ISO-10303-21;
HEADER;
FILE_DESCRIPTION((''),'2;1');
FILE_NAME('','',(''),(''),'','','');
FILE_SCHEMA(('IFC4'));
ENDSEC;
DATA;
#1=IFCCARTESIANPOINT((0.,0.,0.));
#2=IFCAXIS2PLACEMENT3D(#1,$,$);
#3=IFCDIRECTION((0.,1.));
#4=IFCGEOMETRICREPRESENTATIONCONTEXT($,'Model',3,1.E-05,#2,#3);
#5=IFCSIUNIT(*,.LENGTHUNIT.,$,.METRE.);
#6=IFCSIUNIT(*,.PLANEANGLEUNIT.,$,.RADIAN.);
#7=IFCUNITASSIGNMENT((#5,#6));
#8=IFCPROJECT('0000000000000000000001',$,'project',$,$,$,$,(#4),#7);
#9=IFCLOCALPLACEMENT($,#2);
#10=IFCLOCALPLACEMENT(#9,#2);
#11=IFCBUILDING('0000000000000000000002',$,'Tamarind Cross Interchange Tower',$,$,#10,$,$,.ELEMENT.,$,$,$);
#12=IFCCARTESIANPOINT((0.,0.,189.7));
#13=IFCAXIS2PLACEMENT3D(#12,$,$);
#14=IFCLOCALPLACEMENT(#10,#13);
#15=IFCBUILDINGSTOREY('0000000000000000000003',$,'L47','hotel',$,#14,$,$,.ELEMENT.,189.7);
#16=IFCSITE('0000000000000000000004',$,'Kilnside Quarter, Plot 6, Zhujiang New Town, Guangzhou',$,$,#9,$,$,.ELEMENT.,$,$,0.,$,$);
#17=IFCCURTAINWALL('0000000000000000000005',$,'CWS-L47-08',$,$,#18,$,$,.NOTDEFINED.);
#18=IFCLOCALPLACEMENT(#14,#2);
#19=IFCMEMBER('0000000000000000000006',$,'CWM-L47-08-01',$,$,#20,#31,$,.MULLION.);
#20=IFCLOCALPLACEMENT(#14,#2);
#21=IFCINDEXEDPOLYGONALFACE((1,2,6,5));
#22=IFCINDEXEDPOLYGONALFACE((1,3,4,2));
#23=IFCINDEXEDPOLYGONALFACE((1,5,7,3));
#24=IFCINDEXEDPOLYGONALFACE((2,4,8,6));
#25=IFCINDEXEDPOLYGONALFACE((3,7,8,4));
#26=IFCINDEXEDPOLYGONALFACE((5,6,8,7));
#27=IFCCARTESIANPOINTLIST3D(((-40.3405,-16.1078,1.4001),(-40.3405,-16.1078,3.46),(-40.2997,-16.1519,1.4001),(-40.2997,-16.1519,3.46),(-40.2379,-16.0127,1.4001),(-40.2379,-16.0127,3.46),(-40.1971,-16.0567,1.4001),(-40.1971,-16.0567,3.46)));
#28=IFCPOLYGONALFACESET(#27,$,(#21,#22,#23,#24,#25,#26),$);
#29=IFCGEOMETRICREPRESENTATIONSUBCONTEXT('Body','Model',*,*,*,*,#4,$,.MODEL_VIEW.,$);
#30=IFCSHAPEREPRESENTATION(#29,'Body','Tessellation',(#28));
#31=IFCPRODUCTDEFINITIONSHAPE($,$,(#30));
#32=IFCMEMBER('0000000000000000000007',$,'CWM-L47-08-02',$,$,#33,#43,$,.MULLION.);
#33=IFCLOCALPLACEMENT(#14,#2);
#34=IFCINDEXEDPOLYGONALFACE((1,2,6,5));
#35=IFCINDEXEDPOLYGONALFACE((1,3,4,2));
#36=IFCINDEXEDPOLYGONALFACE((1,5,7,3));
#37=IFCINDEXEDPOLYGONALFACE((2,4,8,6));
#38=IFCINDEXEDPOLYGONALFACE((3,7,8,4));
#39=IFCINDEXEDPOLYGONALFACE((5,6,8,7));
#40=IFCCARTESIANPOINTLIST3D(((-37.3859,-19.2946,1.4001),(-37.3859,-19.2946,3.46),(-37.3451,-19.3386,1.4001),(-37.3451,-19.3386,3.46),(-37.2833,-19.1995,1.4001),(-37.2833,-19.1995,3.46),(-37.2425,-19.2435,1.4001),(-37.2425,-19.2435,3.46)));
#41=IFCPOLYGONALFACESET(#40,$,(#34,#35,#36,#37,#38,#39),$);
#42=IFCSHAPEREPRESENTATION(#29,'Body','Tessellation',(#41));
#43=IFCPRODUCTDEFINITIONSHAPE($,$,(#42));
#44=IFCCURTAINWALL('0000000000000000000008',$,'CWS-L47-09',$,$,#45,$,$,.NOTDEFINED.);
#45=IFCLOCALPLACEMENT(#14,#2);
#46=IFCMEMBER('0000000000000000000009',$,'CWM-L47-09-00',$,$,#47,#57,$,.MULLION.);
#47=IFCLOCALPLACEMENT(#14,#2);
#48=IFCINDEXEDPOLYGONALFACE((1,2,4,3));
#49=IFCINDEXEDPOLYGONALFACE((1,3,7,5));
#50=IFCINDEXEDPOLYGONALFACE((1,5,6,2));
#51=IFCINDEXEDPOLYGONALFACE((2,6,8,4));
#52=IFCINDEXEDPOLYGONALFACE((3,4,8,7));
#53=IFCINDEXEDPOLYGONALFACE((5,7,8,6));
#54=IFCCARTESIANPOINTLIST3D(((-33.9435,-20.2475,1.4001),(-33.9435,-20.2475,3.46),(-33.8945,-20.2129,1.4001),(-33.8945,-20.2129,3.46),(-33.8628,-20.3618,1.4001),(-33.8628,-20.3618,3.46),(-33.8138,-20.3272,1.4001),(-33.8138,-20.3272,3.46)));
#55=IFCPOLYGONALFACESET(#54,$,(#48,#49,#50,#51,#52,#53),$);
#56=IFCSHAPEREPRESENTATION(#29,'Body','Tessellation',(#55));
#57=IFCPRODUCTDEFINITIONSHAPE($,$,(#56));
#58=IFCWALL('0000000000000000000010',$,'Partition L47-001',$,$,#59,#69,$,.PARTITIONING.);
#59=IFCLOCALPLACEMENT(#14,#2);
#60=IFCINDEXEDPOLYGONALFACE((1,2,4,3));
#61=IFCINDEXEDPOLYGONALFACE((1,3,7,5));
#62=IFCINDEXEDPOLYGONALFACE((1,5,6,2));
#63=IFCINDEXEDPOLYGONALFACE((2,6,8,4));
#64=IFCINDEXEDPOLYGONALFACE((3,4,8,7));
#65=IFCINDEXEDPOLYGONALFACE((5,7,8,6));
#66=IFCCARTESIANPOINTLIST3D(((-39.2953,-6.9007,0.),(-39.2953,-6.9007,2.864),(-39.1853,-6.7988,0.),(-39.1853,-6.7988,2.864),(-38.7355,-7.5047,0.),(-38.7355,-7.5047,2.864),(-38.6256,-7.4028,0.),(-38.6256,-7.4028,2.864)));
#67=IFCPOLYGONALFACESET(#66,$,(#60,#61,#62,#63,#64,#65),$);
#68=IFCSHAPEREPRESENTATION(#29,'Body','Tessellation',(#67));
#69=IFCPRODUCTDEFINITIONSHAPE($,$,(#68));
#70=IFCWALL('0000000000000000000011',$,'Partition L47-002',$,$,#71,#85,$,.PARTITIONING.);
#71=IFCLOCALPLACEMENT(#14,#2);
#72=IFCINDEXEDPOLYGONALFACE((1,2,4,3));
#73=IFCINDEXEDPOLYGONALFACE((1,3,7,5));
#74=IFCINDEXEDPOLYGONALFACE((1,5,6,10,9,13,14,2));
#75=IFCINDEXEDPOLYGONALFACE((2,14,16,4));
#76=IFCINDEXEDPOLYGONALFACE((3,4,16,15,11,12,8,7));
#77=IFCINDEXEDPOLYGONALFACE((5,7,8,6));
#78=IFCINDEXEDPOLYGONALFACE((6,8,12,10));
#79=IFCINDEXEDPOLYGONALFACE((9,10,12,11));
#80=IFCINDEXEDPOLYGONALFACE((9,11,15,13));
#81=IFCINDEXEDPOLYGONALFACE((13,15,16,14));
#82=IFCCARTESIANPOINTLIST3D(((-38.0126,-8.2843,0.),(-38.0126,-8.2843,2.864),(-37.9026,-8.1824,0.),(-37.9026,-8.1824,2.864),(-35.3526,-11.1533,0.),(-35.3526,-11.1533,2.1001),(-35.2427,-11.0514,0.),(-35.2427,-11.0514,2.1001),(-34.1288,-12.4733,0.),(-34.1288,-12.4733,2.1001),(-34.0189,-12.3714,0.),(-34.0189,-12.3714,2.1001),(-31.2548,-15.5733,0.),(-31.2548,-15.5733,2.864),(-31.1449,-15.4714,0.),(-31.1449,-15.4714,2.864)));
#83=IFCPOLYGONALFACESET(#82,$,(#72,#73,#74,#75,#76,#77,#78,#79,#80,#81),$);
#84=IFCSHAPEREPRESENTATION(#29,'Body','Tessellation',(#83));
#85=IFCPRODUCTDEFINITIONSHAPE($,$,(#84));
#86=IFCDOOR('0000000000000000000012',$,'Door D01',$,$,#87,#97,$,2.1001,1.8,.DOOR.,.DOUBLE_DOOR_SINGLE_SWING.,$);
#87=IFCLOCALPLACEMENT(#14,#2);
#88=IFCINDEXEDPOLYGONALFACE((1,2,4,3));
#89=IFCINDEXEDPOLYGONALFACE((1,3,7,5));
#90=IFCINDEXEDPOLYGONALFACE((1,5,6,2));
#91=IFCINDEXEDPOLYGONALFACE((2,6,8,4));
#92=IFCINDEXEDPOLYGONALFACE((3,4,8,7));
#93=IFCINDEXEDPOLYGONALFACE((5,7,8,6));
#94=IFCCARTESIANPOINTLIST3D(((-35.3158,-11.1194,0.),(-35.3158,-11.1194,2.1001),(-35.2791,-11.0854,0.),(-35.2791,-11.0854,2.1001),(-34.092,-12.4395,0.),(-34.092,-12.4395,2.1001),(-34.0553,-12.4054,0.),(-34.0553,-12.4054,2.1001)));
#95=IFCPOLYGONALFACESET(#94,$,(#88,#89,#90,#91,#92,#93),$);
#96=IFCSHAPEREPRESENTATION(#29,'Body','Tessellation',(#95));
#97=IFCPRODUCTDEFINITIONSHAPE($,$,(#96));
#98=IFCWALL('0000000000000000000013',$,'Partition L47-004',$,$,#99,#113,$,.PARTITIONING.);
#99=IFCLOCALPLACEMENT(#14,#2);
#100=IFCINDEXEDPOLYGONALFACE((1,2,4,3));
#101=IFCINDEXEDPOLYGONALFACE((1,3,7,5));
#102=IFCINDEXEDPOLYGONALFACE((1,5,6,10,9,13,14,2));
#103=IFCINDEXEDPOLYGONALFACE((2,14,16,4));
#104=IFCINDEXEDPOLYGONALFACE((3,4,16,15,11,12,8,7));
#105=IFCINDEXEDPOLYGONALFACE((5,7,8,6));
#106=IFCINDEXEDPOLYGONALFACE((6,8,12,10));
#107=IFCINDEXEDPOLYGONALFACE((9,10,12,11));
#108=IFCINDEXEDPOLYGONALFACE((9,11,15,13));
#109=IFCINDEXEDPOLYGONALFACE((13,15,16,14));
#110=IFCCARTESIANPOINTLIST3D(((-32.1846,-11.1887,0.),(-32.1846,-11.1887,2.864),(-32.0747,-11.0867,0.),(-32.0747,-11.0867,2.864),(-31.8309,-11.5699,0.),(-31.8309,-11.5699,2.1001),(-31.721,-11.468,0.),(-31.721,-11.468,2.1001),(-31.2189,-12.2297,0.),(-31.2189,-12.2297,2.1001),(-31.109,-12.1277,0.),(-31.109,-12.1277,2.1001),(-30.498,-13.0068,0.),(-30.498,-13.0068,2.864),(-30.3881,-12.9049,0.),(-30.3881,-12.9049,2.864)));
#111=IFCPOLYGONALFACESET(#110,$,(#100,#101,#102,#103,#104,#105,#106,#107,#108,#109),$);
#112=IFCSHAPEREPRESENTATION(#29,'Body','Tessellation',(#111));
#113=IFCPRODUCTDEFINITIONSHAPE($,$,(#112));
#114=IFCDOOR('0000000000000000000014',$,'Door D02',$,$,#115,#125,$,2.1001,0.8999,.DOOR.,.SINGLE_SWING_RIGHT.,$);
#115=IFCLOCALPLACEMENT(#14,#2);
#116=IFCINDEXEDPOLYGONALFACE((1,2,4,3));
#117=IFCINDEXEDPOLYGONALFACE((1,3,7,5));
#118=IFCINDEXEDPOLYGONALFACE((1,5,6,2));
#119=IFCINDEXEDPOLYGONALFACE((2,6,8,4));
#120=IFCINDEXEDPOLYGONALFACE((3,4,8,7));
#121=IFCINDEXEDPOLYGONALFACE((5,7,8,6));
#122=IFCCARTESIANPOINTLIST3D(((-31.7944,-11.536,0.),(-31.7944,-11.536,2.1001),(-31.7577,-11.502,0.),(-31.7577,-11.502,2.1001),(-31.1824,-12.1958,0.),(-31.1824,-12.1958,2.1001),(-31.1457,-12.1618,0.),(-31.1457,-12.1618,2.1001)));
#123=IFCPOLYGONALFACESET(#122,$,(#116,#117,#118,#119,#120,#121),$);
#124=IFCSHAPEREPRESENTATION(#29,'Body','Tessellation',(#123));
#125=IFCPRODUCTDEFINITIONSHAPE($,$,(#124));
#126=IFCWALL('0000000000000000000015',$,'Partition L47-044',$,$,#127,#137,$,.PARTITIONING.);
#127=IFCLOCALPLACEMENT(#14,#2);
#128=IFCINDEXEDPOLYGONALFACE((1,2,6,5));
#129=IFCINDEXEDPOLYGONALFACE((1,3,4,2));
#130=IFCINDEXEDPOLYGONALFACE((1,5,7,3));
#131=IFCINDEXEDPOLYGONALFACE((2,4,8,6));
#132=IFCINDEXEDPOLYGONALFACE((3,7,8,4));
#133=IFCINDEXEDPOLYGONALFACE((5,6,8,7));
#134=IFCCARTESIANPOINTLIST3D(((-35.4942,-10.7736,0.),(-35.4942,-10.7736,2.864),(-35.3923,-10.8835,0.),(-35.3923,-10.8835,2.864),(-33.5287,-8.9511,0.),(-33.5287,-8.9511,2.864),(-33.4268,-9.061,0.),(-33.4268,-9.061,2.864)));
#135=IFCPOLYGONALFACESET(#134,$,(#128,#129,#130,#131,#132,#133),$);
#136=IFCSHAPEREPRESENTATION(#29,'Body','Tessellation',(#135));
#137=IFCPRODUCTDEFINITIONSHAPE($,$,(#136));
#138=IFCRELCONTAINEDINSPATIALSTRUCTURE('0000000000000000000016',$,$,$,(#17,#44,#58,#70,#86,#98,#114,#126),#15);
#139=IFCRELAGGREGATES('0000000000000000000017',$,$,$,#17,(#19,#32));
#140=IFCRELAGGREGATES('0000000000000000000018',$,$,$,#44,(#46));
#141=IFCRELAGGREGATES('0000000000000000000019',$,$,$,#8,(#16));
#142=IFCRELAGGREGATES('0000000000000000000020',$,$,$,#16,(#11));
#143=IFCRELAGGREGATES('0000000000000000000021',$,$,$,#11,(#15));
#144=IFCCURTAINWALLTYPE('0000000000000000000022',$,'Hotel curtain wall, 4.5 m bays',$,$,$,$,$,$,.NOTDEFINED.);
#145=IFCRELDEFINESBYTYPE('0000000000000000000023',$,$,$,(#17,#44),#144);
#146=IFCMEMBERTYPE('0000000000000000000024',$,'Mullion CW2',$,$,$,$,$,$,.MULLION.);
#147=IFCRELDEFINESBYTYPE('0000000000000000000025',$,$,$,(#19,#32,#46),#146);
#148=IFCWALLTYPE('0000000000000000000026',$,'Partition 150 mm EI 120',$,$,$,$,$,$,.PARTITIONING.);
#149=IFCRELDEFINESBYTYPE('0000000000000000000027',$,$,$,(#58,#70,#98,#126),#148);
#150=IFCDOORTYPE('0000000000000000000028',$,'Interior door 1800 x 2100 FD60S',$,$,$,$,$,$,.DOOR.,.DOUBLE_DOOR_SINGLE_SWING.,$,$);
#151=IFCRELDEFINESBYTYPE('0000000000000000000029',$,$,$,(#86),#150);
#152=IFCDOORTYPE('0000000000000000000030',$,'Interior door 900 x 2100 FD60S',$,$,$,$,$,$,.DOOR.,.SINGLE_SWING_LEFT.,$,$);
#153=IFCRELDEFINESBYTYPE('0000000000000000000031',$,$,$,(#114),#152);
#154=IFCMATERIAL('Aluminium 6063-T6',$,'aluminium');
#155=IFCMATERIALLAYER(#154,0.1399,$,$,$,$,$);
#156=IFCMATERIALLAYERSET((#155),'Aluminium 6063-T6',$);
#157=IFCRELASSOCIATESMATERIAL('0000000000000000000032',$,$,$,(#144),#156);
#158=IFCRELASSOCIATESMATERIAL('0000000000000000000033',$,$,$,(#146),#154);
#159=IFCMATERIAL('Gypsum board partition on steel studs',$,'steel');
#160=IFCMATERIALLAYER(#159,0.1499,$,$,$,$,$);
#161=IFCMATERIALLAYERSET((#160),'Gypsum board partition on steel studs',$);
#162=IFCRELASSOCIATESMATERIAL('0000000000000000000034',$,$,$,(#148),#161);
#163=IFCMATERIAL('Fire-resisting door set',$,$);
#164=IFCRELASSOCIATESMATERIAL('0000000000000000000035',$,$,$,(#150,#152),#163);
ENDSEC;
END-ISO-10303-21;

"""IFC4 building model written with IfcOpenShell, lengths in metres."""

from ifc_helpers import new_model, si_unit, direction, frame, frame_2d, origin, origin_2d, place, context, subcontext, project, spatial, rectangle, extrude, material, layer, layer_set, material_profile, profile_set, type_object, element, fill, aggregate, save


model = new_model("IFC4")

# Units and contexts
model_context = context("Model", 3, precision=1e-05, world=origin(), true_north=direction((0.0, 1.0)))
body_context = subcontext(model_context, "Body", "Model", "MODEL_VIEW")
ifc_project = project(units=[si_unit("LENGTHUNIT", "METRE"), si_unit("PLANEANGLEUNIT", "RADIAN")], contexts=[model_context])

# Site, building, storey
site_placement = place(None, origin())
site = spatial("IfcSite", under=ifc_project, at=site_placement, Name="Kilnside Quarter, Plot 6, Zhujiang New Town, Guangzhou", CompositionType="ELEMENT", RefElevation=0.0)
building_placement = place(site_placement, origin())
building = spatial("IfcBuilding", under=site, at=building_placement, Name="Tamarind Cross Interchange Tower", CompositionType="ELEMENT")
storey_placement = place(building_placement, frame((0.0, 0.0, 189.7)))
storey = spatial("IfcBuildingStorey", under=building, at=storey_placement, Name="L47", Description="hotel", CompositionType="ELEMENT", Elevation=189.7)

# Curtain wall, members
ifc_material_1 = material(Name="Aluminium 6063-T6", Category="aluminium")
ifc_layer_1 = layer(ifc_material_1, 0.1399)
ifc_layer_set_1 = layer_set([ifc_layer_1], Name="Aluminium 6063-T6")
curtain_wall_type = type_object("IfcCurtainWallType", Name="Hotel curtain wall, 4.5 m bays", PredefinedType="NOTDEFINED", material=ifc_layer_set_1)
ifc_material_profile_1 = material_profile(ifc_material_1, rectangle(XDim=0.0601, YDim=0.1399, at=origin_2d()), Name="Mullion CW2")
ifc_profile_set_1 = profile_set([ifc_material_profile_1], Name="Aluminium 6063-T6")
member_type = type_object("IfcMemberType", Name="Mullion CW2", PredefinedType="MULLION", material=ifc_profile_set_1)
curtain_wall_1_placement = place(storey_placement, origin())
curtain_wall_1 = element("IfcCurtainWall", 1, at=curtain_wall_1_placement, inside=storey, type_object=curtain_wall_type, Name="CWS-L47-08", PredefinedType="NOTDEFINED")
member_1_placement = place(storey_placement, frame((-40.2688, -16.0823, 1.4001), z_axis=(0.0, 0.0, 1.0), x_axis=(0.679912, -0.733293, 0.0)))
member_1 = element("IfcMember", 2, at=member_1_placement, type_object=member_type, Name="CWM-L47-08-01", PredefinedType="MULLION", context=body_context, shape_type="SweptSolid", body=[
    extrude(rectangle(XDim=0.0601, YDim=0.1399, at=origin_2d()), origin(), (0.0, 0.0, 1.0), 2.0598),
])
member_2_placement = place(storey_placement, frame((-37.3142, -19.269, 1.4001), z_axis=(0.0, 0.0, 1.0), x_axis=(0.679912, -0.733293, 0.0)))
member_2 = element("IfcMember", 3, at=member_2_placement, type_object=member_type, Name="CWM-L47-08-02", PredefinedType="MULLION", context=body_context, shape_type="SweptSolid", body=[
    extrude(rectangle(XDim=0.0601, YDim=0.1399, at=origin_2d()), origin(), (0.0, 0.0, 1.0), 2.0598),
])
aggregate(curtain_wall_1, [member_1, member_2])

# Curtain wall, member
curtain_wall_2_placement = place(storey_placement, origin())
curtain_wall_2 = element("IfcCurtainWall", 4, at=curtain_wall_2_placement, inside=storey, type_object=curtain_wall_type, Name="CWS-L47-09", PredefinedType="NOTDEFINED")
member_3_placement = place(storey_placement, frame((-33.8787, -20.2874, 1.4001), z_axis=(0.0, 0.0, 1.0), x_axis=(0.81679, 0.576936, 0.0)))
member_3 = element("IfcMember", 5, at=member_3_placement, type_object=member_type, Name="CWM-L47-09-00", PredefinedType="MULLION", context=body_context, shape_type="SweptSolid", body=[
    extrude(rectangle(XDim=0.0601, YDim=0.1399, at=origin_2d()), origin(), (0.0, 0.0, 1.0), 2.0598),
])
aggregate(curtain_wall_2, [member_3])

# Wall
ifc_material_2 = material(Name="Gypsum board partition on steel studs", Category="steel")
ifc_layer_2 = layer(ifc_material_2, 0.1499)
ifc_layer_set_2 = layer_set([ifc_layer_2], Name="Gypsum board partition on steel studs")
wall_type = type_object("IfcWallType", Name="Partition 150 mm EI 120", PredefinedType="PARTITIONING", material=ifc_layer_set_2)
wall_1_placement = place(storey_placement, frame((-39.2402, -6.8499, 0.0), z_axis=(0.0, 0.0, 1.0), x_axis=(0.679769, -0.733427, 0.0)))
element("IfcWall", 6, at=wall_1_placement, inside=storey, type_object=wall_type, Name="Partition L47-001", PredefinedType="PARTITIONING", context=body_context, shape_type="SweptSolid", body=[
    extrude(rectangle(XDim=0.8235, YDim=0.1499, at=frame_2d((0.4116, 0.0))), origin(), (0.0, 0.0, 1.0), 2.864),
])

# Walls, openings, doors
wall_2_placement = place(storey_placement, frame((-37.9575, -8.2334, 0.0), z_axis=(0.0, 0.0, 1.0), x_axis=(0.679878, -0.733325, 0.0)))
wall_2 = element("IfcWall", 7, at=wall_2_placement, inside=storey, type_object=wall_type, Name="Partition L47-002", PredefinedType="PARTITIONING", context=body_context, shape_type="SweptSolid", body=[
    extrude(rectangle(XDim=9.9397, YDim=0.1499, at=frame_2d((4.9697, 0.0))), origin(), (0.0, 0.0, 1.0), 2.864),
])
opening_1_placement = place(wall_2_placement, frame((3.9124, 0.0, 0.0)))
opening_1 = element("IfcOpeningElement", 8, at=opening_1_placement, cuts=wall_2, PredefinedType="OPENING", context=body_context, shape_type="SweptSolid", body=[
    extrude(rectangle(XDim=1.8, YDim=2.1001, at=frame_2d((0.8999, 1.05))), frame((0.0, 0.085, 0.0), z_axis=(0.0, -1.0, 0.0), x_axis=(1.0, 0.0, 0.0)), (0.0, 0.0, 1.0), 0.1699),
])
ifc_material_3 = material(Name="Fire-resisting door set")
door_type_1 = type_object("IfcDoorType", Name="Interior door 1800 x 2100 FD60S", OperationType="DOUBLE_DOOR_SINGLE_SWING", PredefinedType="DOOR", material=ifc_material_3)
door_1_placement = place(opening_1_placement, frame((1.8, 0.0, 0.0), z_axis=(0.0, 0.0, 1.0), x_axis=(-1.0, 0.0, 0.0)))
door_1 = element("IfcDoor", 9, at=door_1_placement, inside=storey, type_object=door_type_1, Name="Door D01", OperationType="DOUBLE_DOOR_SINGLE_SWING", OverallHeight=2.1001, OverallWidth=1.8, PredefinedType="DOOR", context=body_context, shape_type="SweptSolid", body=[
    extrude(rectangle(XDim=1.8, YDim=2.1001, at=frame_2d((0.8999, 1.05))), frame((0.0, 0.0249, 0.0), z_axis=(0.0, -1.0, 0.0), x_axis=(1.0, 0.0, 0.0)), (0.0, 0.0, 1.0), 0.05),
])
fill(opening_1, door_1)
wall_3_placement = place(storey_placement, frame((-32.1296, -11.1377, 0.0), z_axis=(0.0, 0.0, 1.0), x_axis=(0.680077, -0.733141, 0.0)))
wall_3 = element("IfcWall", 10, at=wall_3_placement, inside=storey, type_object=wall_type, Name="Partition L47-004", PredefinedType="PARTITIONING", context=body_context, shape_type="SweptSolid", body=[
    extrude(rectangle(XDim=2.48, YDim=0.1499, at=frame_2d((1.24, 0.0))), origin(), (0.0, 0.0, 1.0), 2.864),
])
opening_2_placement = place(wall_3_placement, frame((0.52, 0.0, 0.0)))
opening_2 = element("IfcOpeningElement", 11, at=opening_2_placement, cuts=wall_3, PredefinedType="OPENING", context=body_context, shape_type="SweptSolid", body=[
    extrude(rectangle(XDim=0.8999, YDim=2.1001, at=frame_2d((0.45, 1.05))), frame((0.0, 0.085, 0.0), z_axis=(0.0, -1.0, 0.0), x_axis=(1.0, 0.0, 0.0)), (0.0, 0.0, 1.0), 0.1699),
])
door_type_2 = type_object("IfcDoorType", Name="Interior door 900 x 2100 FD60S", OperationType="SINGLE_SWING_LEFT", PredefinedType="DOOR", material=ifc_material_3)
door_2_placement = place(opening_2_placement, origin())
door_2 = element("IfcDoor", 12, at=door_2_placement, inside=storey, type_object=door_type_2, Name="Door D02", OperationType="SINGLE_SWING_RIGHT", OverallHeight=2.1001, OverallWidth=0.8999, PredefinedType="DOOR", context=body_context, shape_type="SweptSolid", body=[
    extrude(rectangle(XDim=0.8999, YDim=2.1001, at=frame_2d((0.45, 1.05))), frame((0.0, 0.0249, 0.0), z_axis=(0.0, -1.0, 0.0), x_axis=(1.0, 0.0, 0.0)), (0.0, 0.0, 1.0), 0.05),
])
fill(opening_2, door_2)

# Wall
wall_4_placement = place(storey_placement, frame((-35.4434, -10.8286, 0.0), z_axis=(0.0, 0.0, 1.0), x_axis=(0.73329, 0.679916, 0.0)))
element("IfcWall", 13, at=wall_4_placement, inside=storey, type_object=wall_type, Name="Partition L47-044", PredefinedType="PARTITIONING", context=body_context, shape_type="SweptSolid", body=[
    extrude(rectangle(XDim=2.6804, YDim=0.1499, at=frame_2d((1.3403, 0.0))), origin(), (0.0, 0.0, 1.0), 2.864),
])

save(model, "model.ifc")
